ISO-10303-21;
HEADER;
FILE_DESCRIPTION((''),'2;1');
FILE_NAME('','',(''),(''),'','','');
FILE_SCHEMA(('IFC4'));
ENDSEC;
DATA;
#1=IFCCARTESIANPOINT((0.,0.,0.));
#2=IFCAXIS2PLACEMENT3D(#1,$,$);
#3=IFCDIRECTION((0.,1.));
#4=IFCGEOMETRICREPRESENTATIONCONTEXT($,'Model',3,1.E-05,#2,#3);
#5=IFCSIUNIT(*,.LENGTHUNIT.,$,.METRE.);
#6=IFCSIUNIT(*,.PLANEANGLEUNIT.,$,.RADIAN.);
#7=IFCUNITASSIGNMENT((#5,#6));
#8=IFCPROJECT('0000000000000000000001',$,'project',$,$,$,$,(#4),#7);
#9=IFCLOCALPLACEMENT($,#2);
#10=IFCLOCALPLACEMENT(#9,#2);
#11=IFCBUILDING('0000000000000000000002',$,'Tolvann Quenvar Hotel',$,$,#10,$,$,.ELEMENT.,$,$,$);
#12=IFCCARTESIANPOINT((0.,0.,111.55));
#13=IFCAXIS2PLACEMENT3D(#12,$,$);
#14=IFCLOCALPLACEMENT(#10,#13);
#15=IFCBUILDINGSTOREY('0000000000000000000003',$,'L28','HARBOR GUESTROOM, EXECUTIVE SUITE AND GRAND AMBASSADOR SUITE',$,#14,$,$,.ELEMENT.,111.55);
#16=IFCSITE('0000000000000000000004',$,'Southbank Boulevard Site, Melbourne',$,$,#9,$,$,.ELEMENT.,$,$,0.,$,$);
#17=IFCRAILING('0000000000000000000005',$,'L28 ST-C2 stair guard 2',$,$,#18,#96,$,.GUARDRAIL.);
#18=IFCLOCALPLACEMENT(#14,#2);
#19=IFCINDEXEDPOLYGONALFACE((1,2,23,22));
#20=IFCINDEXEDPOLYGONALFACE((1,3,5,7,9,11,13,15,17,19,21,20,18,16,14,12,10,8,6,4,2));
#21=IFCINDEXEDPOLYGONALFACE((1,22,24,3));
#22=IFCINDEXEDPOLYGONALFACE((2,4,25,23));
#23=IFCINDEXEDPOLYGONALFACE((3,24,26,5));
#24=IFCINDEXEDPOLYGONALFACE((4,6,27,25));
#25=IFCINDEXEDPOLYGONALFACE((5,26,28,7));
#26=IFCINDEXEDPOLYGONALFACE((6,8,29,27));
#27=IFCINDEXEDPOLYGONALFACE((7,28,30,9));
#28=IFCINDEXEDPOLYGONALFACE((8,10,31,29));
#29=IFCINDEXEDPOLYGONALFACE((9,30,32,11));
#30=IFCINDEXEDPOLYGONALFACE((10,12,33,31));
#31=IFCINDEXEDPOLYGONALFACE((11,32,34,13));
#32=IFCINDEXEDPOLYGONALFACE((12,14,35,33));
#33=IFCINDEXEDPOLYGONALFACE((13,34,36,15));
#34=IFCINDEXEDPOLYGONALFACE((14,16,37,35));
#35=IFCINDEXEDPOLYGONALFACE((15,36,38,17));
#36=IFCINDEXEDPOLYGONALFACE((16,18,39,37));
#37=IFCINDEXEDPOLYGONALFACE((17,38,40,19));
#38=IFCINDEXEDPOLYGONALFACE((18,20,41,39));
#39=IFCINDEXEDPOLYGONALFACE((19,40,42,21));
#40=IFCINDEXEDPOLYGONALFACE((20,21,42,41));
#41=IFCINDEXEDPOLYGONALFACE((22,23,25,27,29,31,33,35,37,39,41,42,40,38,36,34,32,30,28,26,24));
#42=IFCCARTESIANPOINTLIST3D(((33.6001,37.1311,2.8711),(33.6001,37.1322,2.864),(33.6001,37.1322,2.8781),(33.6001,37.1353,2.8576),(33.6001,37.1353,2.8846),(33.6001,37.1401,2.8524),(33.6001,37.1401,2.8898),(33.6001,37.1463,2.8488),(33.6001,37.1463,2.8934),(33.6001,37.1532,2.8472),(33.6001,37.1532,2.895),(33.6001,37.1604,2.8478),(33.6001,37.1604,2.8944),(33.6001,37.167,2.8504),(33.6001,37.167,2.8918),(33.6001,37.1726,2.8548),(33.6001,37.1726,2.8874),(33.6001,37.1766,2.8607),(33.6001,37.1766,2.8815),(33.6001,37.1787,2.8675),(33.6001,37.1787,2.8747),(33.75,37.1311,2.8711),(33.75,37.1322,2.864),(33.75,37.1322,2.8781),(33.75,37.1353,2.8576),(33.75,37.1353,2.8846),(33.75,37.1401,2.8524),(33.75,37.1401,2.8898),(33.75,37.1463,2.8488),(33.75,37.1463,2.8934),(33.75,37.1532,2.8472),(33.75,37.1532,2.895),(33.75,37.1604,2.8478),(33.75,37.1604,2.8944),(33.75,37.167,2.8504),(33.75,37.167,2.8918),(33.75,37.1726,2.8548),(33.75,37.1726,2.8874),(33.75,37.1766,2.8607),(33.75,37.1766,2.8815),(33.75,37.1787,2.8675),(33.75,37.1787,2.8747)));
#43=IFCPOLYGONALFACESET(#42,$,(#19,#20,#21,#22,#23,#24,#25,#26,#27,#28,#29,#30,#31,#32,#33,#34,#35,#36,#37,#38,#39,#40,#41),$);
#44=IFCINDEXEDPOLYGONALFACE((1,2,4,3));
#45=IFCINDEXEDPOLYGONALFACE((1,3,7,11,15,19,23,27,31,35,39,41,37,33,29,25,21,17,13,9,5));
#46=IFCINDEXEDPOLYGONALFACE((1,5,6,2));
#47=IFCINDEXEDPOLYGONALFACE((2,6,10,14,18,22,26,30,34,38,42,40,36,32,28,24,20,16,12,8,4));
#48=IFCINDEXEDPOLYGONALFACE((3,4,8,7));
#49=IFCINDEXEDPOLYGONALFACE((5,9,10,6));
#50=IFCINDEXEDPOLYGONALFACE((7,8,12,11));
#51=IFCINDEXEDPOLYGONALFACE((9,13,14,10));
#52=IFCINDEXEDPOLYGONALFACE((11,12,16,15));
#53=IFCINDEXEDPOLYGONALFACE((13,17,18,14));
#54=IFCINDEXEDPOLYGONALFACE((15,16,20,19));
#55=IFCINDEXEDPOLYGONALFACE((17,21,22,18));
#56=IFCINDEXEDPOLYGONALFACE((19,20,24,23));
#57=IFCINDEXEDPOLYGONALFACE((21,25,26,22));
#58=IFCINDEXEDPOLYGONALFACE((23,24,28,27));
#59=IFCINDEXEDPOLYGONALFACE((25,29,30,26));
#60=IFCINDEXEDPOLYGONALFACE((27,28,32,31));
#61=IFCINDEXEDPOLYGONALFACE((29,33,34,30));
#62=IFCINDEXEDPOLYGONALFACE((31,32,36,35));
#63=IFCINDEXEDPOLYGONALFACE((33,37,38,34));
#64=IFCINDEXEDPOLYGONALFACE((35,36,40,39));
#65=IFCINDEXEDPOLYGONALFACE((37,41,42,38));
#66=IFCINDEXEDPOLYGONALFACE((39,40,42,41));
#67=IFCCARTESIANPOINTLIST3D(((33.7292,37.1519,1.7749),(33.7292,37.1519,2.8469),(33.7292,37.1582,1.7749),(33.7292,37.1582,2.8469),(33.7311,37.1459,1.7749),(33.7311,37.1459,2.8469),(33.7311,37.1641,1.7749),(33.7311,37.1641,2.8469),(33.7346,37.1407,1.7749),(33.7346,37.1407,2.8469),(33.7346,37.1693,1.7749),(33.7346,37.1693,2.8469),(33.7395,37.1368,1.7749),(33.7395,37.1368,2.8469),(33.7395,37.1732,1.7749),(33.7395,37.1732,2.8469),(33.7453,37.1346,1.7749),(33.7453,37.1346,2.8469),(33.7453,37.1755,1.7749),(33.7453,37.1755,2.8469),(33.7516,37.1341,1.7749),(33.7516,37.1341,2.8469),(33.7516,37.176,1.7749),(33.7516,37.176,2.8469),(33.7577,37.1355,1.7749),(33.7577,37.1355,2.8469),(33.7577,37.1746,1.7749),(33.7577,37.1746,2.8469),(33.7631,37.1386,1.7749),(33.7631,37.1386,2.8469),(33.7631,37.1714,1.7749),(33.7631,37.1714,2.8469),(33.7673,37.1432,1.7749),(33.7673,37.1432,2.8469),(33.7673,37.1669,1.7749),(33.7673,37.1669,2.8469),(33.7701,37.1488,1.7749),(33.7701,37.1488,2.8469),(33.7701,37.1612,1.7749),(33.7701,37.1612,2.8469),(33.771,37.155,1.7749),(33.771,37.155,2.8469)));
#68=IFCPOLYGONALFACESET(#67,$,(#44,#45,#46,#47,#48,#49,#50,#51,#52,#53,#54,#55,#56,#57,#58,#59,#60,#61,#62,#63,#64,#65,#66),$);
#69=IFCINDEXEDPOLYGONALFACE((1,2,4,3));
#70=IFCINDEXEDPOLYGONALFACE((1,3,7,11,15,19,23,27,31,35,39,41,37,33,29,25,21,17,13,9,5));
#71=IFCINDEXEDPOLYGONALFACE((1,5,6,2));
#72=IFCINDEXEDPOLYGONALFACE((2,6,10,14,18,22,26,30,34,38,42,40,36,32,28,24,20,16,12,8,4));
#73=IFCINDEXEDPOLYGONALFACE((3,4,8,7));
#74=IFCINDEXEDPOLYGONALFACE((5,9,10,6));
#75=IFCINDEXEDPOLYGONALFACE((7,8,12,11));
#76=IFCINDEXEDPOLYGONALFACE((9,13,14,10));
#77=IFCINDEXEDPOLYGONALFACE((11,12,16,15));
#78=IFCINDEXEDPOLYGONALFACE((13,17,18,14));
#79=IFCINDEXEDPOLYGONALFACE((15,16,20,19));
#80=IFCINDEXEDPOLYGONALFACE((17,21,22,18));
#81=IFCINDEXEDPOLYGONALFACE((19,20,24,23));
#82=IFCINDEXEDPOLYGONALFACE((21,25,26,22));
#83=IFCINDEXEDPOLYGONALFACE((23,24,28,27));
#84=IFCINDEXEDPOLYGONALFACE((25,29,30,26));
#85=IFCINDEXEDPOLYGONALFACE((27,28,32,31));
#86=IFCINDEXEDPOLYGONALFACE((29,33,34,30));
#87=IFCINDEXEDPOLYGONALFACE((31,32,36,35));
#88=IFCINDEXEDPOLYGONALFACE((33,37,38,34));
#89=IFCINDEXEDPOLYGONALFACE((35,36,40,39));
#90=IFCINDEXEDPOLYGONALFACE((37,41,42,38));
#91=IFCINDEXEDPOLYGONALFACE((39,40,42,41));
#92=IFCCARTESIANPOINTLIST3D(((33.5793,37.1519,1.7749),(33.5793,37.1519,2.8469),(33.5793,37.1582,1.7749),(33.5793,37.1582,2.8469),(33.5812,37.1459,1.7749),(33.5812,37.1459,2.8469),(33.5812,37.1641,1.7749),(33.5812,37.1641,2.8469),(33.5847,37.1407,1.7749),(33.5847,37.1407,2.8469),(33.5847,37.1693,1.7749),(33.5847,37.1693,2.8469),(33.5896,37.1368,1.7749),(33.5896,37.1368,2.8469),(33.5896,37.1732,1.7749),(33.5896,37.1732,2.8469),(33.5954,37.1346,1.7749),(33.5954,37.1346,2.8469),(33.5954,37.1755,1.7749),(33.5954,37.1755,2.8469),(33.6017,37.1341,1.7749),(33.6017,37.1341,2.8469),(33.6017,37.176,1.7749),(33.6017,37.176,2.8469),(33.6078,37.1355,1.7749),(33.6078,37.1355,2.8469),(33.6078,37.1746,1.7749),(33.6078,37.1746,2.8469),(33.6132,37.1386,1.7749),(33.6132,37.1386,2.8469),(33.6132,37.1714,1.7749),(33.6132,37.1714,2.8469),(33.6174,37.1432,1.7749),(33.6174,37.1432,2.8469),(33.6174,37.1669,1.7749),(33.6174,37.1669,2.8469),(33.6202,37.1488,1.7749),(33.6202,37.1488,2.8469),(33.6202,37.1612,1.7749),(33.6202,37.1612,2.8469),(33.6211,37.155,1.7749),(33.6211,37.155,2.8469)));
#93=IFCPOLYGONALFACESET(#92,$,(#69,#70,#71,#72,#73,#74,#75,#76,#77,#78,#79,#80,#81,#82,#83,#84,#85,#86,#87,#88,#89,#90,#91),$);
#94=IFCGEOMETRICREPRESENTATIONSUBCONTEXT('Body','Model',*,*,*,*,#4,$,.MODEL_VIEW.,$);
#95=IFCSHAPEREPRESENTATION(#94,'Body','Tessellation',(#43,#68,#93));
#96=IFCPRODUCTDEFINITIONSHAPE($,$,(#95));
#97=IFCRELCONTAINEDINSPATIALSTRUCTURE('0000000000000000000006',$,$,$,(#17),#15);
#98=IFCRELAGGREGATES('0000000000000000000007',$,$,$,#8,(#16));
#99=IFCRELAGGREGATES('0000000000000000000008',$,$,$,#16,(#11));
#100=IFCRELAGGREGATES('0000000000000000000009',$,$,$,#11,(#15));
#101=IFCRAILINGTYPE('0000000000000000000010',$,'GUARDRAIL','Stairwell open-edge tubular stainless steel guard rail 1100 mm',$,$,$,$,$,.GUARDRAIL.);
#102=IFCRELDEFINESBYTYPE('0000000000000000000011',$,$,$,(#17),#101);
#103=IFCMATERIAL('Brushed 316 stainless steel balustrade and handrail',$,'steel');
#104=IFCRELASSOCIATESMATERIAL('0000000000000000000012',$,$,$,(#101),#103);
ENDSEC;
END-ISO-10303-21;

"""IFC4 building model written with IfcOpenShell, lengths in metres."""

from ifc_helpers import new_model, si_unit, direction, frame, origin, origin_2d, place, context, subcontext, project, spatial, circle, extrude, material, type_object, element, save


model = new_model("IFC4")

# Units and contexts
model_context = context("Model", 3, precision=1e-05, world=origin(), true_north=direction((0.0, 1.0)))
body_context = subcontext(model_context, "Body", "Model", "MODEL_VIEW")
ifc_project = project(units=[si_unit("LENGTHUNIT", "METRE"), si_unit("PLANEANGLEUNIT", "RADIAN")], contexts=[model_context])

# Site, building, storey
site_placement = place(None, origin())
site = spatial("IfcSite", under=ifc_project, at=site_placement, Name="Southbank Boulevard Site, Melbourne", CompositionType="ELEMENT", RefElevation=0.0)
building_placement = place(site_placement, origin())
building = spatial("IfcBuilding", under=site, at=building_placement, Name="Tolvann Quenvar Hotel", CompositionType="ELEMENT")
storey_placement = place(building_placement, frame((0.0, 0.0, 111.55)))
storey = spatial("IfcBuildingStorey", under=building, at=storey_placement, Name="L28", Description="HARBOR GUESTROOM, EXECUTIVE SUITE AND GRAND AMBASSADOR SUITE", CompositionType="ELEMENT", Elevation=111.55)

# Railing
ifc_material_1 = material(Name="Brushed 316 stainless steel balustrade and handrail", Category="steel")
railing_type_1 = type_object("IfcRailingType", Name="GUARDRAIL", Description="Stairwell open-edge tubular stainless steel guard rail 1100 mm", PredefinedType="GUARDRAIL", material=ifc_material_1)
railing_1_placement = place(storey_placement, frame((33.75, 37.155, 1.7749)))
element("IfcRailing", 1, at=railing_1_placement, inside=storey, type_object=railing_type_1, Name="L28 ST-C2 stair guard 2", PredefinedType="GUARDRAIL", context=body_context, shape_type="SweptSolid", body=[
    extrude(circle(Radius=0.0239, at=origin_2d()), frame((0.0, 0.0, 1.0962), z_axis=(-1.0, 0.0, 0.0), x_axis=(0.0, -1.0, 0.0)), (0.0, 0.0, 1.0), 0.1499),
    extrude(circle(Radius=0.021, at=origin_2d()), origin(), (0.0, 0.0, 1.0), 1.072),
    extrude(circle(Radius=0.021, at=origin_2d()), frame((-0.1499, 0.0, 0.0)), (0.0, 0.0, 1.0), 1.072),
])

save(model, "model.ifc")
